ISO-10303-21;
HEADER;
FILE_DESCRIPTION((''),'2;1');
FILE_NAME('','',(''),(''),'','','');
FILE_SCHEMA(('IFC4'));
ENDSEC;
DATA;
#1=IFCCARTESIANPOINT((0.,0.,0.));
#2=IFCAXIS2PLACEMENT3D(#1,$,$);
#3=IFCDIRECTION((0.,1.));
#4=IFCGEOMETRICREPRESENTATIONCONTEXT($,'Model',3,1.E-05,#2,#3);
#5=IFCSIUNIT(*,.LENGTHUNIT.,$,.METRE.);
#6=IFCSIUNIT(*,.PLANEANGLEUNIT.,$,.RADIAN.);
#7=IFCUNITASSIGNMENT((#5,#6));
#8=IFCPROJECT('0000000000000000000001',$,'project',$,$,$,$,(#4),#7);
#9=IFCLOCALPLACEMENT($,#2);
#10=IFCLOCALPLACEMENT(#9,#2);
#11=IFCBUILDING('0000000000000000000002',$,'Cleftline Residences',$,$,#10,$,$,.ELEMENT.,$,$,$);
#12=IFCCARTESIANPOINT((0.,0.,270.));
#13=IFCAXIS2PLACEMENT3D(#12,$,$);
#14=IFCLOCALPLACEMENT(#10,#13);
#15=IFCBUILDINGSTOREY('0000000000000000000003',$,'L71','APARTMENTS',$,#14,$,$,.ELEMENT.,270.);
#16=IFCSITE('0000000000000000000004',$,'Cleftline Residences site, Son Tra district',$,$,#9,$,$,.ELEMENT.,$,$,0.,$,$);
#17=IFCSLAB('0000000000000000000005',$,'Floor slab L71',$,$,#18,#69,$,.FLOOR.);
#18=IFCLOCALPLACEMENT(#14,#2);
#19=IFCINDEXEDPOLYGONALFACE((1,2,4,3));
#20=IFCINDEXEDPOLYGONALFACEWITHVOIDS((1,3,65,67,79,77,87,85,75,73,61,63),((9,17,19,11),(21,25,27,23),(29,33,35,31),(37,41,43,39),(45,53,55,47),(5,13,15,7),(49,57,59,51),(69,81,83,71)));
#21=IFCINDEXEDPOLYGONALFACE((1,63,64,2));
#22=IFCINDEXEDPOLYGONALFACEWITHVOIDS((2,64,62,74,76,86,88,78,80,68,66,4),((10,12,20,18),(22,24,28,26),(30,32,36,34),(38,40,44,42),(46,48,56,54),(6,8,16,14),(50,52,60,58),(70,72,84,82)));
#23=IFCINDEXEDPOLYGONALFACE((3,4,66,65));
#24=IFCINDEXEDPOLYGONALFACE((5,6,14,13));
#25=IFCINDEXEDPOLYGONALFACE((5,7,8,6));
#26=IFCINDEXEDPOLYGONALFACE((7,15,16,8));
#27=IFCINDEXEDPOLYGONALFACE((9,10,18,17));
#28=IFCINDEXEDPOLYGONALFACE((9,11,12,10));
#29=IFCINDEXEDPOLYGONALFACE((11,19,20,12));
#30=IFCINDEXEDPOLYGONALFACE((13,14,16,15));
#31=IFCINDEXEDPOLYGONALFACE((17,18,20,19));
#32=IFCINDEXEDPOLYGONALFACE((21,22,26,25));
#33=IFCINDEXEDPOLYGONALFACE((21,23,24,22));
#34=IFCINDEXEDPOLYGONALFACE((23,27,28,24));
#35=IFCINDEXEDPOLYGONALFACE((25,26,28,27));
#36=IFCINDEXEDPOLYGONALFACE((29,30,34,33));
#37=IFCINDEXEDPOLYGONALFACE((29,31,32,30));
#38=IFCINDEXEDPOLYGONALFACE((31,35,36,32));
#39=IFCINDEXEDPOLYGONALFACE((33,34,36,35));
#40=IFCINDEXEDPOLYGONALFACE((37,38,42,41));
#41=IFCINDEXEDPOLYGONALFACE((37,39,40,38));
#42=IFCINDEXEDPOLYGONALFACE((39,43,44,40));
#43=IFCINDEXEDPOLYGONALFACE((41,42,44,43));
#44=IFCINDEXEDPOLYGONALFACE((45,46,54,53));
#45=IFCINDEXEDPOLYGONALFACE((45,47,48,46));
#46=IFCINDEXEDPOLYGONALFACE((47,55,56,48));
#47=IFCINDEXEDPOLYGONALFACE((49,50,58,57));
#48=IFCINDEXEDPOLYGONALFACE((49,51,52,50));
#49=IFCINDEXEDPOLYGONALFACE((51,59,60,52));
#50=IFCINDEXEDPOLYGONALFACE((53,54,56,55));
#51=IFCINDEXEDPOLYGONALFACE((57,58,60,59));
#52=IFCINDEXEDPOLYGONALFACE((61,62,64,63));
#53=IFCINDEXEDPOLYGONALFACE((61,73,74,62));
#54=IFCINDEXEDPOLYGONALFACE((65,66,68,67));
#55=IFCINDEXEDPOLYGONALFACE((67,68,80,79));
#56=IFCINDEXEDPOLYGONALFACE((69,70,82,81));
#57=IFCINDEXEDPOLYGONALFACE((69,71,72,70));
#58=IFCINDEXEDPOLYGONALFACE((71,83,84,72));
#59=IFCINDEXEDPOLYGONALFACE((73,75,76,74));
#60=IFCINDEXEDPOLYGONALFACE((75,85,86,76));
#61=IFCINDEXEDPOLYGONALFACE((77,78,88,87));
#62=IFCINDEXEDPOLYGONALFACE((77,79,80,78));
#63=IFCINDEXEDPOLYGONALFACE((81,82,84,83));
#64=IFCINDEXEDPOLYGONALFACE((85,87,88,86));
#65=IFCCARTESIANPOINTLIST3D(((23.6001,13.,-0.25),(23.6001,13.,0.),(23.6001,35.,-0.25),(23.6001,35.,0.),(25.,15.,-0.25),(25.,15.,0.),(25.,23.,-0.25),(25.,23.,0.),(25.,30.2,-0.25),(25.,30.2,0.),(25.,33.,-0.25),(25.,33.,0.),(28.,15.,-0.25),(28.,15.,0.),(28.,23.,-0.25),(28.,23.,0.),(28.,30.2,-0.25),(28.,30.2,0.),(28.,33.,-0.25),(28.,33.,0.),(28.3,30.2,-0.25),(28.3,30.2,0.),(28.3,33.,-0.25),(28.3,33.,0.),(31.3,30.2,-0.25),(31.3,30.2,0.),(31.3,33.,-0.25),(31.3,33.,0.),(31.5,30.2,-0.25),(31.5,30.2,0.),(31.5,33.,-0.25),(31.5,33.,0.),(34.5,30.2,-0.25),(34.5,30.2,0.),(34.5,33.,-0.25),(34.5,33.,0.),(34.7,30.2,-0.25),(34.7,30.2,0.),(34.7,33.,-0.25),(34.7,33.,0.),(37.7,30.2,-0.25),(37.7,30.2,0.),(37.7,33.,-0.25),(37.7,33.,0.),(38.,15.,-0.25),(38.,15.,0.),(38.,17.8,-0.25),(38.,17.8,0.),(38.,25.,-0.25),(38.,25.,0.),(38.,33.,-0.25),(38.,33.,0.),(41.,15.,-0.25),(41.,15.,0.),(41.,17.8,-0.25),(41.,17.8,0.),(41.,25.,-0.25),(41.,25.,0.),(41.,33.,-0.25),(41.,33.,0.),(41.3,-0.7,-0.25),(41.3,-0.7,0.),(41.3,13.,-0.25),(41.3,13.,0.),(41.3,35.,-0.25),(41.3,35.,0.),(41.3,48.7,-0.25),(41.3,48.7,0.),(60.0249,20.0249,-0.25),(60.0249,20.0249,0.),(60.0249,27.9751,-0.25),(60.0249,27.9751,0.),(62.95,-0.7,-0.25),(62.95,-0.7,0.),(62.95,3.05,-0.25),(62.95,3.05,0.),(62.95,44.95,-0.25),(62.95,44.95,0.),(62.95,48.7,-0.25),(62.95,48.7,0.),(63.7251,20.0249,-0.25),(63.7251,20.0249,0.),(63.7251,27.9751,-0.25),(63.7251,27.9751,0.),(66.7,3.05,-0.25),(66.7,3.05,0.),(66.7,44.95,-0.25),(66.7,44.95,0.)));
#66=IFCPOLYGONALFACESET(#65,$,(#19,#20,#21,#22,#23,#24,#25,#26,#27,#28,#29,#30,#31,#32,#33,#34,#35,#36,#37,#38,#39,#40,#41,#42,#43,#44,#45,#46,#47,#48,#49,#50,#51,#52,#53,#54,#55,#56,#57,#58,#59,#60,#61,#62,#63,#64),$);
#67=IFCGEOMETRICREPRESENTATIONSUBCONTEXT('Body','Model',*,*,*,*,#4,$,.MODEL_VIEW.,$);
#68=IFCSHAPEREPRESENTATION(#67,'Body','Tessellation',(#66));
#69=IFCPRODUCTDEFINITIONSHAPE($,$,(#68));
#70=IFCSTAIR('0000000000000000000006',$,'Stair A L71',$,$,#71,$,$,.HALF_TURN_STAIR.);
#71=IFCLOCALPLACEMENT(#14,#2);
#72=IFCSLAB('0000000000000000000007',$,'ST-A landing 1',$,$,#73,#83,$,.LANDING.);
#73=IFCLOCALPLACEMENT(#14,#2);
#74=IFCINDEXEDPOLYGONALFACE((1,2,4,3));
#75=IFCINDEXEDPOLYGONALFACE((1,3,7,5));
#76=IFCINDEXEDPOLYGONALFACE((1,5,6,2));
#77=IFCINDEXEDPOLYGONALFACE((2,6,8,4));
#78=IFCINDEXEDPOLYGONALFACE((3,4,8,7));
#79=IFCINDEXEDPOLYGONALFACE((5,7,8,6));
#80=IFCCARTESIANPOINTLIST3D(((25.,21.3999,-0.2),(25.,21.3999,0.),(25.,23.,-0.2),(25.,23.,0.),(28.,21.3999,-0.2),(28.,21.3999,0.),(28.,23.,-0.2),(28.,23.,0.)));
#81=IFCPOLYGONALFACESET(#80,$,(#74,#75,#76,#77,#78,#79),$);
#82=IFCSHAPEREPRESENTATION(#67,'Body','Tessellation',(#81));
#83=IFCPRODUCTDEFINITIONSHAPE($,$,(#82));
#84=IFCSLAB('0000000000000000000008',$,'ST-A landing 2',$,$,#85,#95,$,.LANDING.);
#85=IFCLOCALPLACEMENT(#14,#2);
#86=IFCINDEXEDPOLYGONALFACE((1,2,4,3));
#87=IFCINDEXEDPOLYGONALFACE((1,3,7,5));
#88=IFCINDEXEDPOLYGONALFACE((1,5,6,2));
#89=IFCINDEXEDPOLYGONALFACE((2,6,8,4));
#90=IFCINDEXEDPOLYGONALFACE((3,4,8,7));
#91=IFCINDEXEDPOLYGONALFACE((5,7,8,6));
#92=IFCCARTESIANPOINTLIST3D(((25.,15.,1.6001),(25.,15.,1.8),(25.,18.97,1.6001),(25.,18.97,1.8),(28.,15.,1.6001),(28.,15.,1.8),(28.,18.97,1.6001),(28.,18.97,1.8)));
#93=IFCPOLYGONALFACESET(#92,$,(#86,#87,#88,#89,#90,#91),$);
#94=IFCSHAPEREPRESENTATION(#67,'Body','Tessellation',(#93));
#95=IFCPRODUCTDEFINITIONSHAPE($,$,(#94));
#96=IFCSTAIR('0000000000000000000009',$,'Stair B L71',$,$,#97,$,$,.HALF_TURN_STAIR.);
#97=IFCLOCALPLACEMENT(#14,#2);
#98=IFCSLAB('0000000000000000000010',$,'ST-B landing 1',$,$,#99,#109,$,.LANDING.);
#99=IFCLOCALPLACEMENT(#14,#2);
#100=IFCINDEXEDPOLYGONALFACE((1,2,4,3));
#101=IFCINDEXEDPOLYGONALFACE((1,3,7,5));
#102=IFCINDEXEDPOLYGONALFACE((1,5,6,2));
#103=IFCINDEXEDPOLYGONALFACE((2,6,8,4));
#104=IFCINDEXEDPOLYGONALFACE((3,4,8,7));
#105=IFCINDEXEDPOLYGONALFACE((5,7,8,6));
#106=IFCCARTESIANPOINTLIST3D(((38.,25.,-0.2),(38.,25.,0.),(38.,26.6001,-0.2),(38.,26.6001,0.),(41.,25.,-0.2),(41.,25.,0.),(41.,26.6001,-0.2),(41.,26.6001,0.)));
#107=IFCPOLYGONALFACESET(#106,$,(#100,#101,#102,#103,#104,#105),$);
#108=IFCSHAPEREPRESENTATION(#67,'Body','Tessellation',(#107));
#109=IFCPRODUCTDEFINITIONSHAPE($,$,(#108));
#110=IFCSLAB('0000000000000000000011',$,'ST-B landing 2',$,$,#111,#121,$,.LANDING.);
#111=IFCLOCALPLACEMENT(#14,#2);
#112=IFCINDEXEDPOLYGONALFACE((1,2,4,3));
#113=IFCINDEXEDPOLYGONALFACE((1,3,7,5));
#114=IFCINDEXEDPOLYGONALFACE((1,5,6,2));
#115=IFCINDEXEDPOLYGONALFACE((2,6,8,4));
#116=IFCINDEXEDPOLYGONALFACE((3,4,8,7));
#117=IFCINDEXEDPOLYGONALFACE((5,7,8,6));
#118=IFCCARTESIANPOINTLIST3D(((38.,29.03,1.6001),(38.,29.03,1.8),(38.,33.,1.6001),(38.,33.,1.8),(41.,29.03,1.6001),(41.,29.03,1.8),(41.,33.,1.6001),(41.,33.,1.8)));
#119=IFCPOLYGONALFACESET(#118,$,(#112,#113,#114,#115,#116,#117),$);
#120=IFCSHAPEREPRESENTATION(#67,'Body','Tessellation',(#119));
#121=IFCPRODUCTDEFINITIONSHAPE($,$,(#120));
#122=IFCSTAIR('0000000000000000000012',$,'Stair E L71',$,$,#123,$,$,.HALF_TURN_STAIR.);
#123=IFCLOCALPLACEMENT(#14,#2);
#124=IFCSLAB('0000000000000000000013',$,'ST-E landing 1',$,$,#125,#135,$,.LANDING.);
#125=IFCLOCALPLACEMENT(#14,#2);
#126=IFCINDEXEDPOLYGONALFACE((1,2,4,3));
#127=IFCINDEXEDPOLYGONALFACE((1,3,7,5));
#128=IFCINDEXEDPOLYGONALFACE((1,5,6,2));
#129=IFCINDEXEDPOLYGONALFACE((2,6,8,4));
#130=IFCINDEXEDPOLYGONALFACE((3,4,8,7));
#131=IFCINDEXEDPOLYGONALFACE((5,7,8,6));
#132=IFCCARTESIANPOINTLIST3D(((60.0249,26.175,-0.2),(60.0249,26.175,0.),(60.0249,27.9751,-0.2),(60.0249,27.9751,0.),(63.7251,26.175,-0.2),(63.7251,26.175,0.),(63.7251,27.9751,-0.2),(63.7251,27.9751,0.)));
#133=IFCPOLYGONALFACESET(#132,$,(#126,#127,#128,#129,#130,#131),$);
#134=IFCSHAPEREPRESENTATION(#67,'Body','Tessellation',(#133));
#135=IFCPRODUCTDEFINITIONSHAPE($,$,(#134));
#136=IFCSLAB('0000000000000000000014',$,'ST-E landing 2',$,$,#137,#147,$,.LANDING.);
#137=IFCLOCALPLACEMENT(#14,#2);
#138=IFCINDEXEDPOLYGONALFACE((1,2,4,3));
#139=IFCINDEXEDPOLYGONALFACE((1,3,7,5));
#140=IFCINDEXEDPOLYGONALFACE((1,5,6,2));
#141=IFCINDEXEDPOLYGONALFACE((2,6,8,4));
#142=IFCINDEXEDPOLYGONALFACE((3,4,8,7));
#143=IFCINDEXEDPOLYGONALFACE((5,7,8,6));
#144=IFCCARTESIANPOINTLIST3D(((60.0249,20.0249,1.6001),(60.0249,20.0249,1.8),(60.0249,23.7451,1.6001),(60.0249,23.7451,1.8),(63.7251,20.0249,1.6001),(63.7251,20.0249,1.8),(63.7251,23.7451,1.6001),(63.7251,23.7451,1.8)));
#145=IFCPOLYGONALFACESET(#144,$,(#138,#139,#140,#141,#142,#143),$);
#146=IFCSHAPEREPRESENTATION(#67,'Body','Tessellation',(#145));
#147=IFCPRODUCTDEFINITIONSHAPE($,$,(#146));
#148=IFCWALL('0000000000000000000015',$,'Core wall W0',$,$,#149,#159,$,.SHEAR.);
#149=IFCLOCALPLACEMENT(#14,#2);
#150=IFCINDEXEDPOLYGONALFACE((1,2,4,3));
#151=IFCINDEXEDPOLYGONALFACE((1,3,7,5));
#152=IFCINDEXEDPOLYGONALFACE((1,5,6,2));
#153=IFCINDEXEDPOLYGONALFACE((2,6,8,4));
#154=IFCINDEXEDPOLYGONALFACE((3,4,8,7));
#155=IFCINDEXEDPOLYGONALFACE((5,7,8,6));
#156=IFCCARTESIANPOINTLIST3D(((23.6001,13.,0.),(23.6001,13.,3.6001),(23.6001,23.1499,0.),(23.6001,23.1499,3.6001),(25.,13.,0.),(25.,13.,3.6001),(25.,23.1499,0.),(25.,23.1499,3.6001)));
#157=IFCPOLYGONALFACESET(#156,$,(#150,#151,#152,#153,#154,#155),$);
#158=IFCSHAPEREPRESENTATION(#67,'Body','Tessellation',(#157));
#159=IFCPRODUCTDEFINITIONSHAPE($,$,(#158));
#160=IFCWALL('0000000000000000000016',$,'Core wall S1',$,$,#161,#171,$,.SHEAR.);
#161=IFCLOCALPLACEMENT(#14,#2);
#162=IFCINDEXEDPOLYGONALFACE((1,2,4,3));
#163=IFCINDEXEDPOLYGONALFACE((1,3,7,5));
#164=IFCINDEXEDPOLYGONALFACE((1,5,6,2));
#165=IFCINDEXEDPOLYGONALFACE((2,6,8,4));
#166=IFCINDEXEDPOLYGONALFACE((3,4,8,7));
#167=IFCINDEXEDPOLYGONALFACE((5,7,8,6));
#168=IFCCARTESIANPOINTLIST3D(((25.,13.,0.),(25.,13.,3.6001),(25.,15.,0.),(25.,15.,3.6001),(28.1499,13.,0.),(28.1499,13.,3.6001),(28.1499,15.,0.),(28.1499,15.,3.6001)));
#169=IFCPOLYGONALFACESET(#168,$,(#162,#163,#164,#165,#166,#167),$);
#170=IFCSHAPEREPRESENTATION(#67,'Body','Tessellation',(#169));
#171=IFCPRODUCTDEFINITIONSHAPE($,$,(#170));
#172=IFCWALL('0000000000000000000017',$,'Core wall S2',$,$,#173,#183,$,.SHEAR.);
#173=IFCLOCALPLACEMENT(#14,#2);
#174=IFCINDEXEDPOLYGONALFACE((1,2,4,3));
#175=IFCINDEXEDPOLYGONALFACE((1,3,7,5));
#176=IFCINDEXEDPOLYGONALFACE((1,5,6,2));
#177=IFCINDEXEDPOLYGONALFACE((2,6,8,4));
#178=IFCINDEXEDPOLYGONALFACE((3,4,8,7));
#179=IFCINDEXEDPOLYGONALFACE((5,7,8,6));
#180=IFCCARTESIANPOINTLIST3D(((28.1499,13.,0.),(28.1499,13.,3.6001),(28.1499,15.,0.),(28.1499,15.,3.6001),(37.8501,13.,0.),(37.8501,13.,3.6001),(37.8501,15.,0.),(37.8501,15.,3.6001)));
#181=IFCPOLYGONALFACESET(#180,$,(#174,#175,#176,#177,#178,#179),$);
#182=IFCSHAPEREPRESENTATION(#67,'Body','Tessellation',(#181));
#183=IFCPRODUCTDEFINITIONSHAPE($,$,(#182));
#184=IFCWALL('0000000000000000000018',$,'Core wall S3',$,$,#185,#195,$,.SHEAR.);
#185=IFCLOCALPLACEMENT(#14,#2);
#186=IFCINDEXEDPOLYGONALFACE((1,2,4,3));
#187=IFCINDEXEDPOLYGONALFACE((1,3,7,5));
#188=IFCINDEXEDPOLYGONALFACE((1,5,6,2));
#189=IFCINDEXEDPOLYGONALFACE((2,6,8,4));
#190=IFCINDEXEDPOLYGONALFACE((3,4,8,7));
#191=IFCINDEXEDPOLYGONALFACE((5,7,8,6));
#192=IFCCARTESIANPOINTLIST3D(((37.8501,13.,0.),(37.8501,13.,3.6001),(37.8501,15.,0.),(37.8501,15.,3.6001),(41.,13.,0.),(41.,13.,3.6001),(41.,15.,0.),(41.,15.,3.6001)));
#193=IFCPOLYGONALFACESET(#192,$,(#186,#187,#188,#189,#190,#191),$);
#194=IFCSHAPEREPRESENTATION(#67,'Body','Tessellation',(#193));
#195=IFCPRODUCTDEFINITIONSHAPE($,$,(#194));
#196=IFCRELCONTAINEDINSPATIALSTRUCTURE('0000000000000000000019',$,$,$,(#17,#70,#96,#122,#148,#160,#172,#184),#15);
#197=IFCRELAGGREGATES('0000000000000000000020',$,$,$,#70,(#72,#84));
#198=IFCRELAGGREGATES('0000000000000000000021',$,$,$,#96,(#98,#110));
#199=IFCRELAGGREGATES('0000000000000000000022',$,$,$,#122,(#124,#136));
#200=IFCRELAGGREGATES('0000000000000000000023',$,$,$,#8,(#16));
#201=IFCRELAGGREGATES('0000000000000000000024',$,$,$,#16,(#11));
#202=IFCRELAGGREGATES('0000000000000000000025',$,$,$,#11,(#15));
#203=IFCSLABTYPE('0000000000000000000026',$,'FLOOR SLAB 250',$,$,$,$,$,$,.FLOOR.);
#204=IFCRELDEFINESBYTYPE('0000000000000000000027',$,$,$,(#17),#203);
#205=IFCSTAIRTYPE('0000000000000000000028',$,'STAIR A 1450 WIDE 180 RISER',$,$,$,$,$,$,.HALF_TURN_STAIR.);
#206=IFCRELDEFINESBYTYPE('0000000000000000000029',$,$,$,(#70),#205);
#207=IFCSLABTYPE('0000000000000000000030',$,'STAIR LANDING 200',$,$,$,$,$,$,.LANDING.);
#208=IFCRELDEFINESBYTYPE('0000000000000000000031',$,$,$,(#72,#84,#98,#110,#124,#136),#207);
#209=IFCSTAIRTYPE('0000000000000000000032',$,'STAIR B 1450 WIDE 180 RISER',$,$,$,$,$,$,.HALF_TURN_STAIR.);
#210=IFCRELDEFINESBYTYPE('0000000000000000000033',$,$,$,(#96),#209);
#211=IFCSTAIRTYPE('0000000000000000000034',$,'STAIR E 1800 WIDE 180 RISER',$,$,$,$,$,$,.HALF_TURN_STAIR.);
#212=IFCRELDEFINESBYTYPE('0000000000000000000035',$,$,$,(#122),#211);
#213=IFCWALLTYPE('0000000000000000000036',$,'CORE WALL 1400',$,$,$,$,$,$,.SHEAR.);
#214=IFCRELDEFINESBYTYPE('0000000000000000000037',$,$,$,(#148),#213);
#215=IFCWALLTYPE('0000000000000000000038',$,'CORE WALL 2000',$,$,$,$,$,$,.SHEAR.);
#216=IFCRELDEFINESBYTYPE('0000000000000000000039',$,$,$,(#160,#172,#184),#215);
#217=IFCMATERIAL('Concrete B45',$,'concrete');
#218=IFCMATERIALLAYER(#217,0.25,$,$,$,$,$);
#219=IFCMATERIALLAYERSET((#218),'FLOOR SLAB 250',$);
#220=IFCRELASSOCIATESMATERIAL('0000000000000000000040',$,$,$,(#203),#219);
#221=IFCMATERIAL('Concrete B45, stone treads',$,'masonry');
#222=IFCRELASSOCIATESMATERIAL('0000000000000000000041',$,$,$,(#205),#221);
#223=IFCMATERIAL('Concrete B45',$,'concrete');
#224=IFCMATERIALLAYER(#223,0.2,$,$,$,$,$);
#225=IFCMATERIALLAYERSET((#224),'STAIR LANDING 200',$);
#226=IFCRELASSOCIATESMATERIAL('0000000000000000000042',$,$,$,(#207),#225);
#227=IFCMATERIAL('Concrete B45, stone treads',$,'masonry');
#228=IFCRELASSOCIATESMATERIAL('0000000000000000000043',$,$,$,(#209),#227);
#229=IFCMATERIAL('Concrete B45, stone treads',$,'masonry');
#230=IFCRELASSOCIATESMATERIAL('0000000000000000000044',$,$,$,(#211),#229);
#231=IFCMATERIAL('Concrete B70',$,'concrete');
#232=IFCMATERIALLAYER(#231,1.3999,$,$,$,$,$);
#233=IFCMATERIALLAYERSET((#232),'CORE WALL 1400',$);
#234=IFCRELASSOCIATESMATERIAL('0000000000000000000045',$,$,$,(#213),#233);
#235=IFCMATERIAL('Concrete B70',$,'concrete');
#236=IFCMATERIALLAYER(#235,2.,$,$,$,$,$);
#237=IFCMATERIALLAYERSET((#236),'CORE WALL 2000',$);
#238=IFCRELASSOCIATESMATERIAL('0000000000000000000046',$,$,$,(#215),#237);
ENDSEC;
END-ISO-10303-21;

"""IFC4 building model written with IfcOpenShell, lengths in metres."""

from ifc_helpers import new_model, si_unit, direction, frame, frame_2d, origin, place, context, subcontext, project, spatial, polyline, rectangle, outline, extrude, material, layer, layer_set, type_object, element, aggregate, save


model = new_model("IFC4")

# Units and contexts
model_context = context("Model", 3, precision=1e-05, world=origin(), true_north=direction((0.0, 1.0)))
body_context = subcontext(model_context, "Body", "Model", "MODEL_VIEW")
ifc_project = project(units=[si_unit("LENGTHUNIT", "METRE"), si_unit("PLANEANGLEUNIT", "RADIAN")], contexts=[model_context])

# Site, building, storey
site_placement = place(None, origin())
site = spatial("IfcSite", under=ifc_project, at=site_placement, Name="Cleftline Residences site, Son Tra district", CompositionType="ELEMENT", RefElevation=0.0)
building_placement = place(site_placement, origin())
building = spatial("IfcBuilding", under=site, at=building_placement, Name="Cleftline Residences", CompositionType="ELEMENT")
storey_placement = place(building_placement, frame((0.0, 0.0, 270.0)))
storey = spatial("IfcBuildingStorey", under=building, at=storey_placement, Name="L71", Description="APARTMENTS", CompositionType="ELEMENT", Elevation=270.0)

# Slab
ifc_material_1 = material(Name="Concrete B45", Category="concrete")
ifc_layer_1 = layer(ifc_material_1, 0.25)
ifc_layer_set_1 = layer_set([ifc_layer_1], Name="FLOOR SLAB 250")
slab_type_1 = type_object("IfcSlabType", Name="FLOOR SLAB 250", PredefinedType="FLOOR", material=ifc_layer_set_1)
slab_1_placement = place(storey_placement, frame((0.0, 0.0, -0.25)))
element("IfcSlab", 1, at=slab_1_placement, inside=storey, type_object=slab_type_1, Name="Floor slab L71", PredefinedType="FLOOR", context=body_context, shape_type="SweptSolid", body=[
    extrude(outline(polyline([(41.3, 13.0), (41.3, -0.7), (62.95, -0.7), (62.95, 3.05), (66.7, 3.05), (66.7, 44.95), (62.95, 44.95), (62.95, 48.7), (41.3, 48.7), (41.3, 35.0), (23.6001, 35.0), (23.6001, 13.0), (41.3, 13.0)]), holes=[polyline([(28.0, 15.0), (28.0, 23.0), (25.0, 23.0), (25.0, 15.0), (28.0, 15.0)]), polyline([(41.0, 25.0), (41.0, 33.0), (38.0, 33.0), (38.0, 25.0), (41.0, 25.0)]), polyline([(28.0, 30.2), (28.0, 33.0), (25.0, 33.0), (25.0, 30.2), (28.0, 30.2)]), polyline([(41.0, 15.0), (41.0, 17.8), (38.0, 17.8), (38.0, 15.0), (41.0, 15.0)]), polyline([(31.3, 30.2), (31.3, 33.0), (28.3, 33.0), (28.3, 30.2), (31.3, 30.2)]), polyline([(34.5, 30.2), (34.5, 33.0), (31.5, 33.0), (31.5, 30.2), (34.5, 30.2)]), polyline([(37.7, 30.2), (37.7, 33.0), (34.7, 33.0), (34.7, 30.2), (37.7, 30.2)]), polyline([(63.7251, 20.0249), (63.7251, 27.9751), (60.0249, 27.9751), (60.0249, 20.0249), (63.7251, 20.0249)])]), origin(), (0.0, 0.0, 1.0), 0.25),
])

# Stairs, slabs
ifc_material_2 = material(Name="Concrete B45, stone treads", Category="masonry")
stair_type_1 = type_object("IfcStairType", Name="STAIR A 1450 WIDE 180 RISER", PredefinedType="HALF_TURN_STAIR", material=ifc_material_2)
stair_1_placement = place(storey_placement, origin())
stair_1 = element("IfcStair", 2, at=stair_1_placement, inside=storey, type_object=stair_type_1, Name="Stair A L71", PredefinedType="HALF_TURN_STAIR")
ifc_material_3 = material(Name="Concrete B45", Category="concrete")
ifc_layer_2 = layer(ifc_material_3, 0.2)
ifc_layer_set_2 = layer_set([ifc_layer_2], Name="STAIR LANDING 200")
slab_type_2 = type_object("IfcSlabType", Name="STAIR LANDING 200", PredefinedType="LANDING", material=ifc_layer_set_2)
slab_2_placement = place(storey_placement, frame((0.0, 0.0, -0.2)))
slab_2 = element("IfcSlab", 3, at=slab_2_placement, type_object=slab_type_2, Name="ST-A landing 1", PredefinedType="LANDING", context=body_context, shape_type="SweptSolid", body=[
    extrude(outline(polyline([(25.0, 21.3999), (28.0, 21.3999), (28.0, 23.0), (25.0, 23.0), (25.0, 21.3999)])), origin(), (0.0, 0.0, 1.0), 0.2),
])
slab_3_placement = place(storey_placement, frame((0.0, 0.0, 1.6001)))
slab_3 = element("IfcSlab", 4, at=slab_3_placement, type_object=slab_type_2, Name="ST-A landing 2", PredefinedType="LANDING", context=body_context, shape_type="SweptSolid", body=[
    extrude(outline(polyline([(25.0, 15.0), (28.0, 15.0), (28.0, 18.97), (25.0, 18.97), (25.0, 15.0)])), origin(), (0.0, 0.0, 1.0), 0.2),
])
aggregate(stair_1, [slab_2, slab_3])
ifc_material_4 = material(Name="Concrete B45, stone treads", Category="masonry")
stair_type_2 = type_object("IfcStairType", Name="STAIR B 1450 WIDE 180 RISER", PredefinedType="HALF_TURN_STAIR", material=ifc_material_4)
stair_2_placement = place(storey_placement, origin())
stair_2 = element("IfcStair", 5, at=stair_2_placement, inside=storey, type_object=stair_type_2, Name="Stair B L71", PredefinedType="HALF_TURN_STAIR")
slab_4_placement = place(storey_placement, frame((0.0, 0.0, -0.2)))
slab_4 = element("IfcSlab", 6, at=slab_4_placement, type_object=slab_type_2, Name="ST-B landing 1", PredefinedType="LANDING", context=body_context, shape_type="SweptSolid", body=[
    extrude(outline(polyline([(38.0, 25.0), (41.0, 25.0), (41.0, 26.6001), (38.0, 26.6001), (38.0, 25.0)])), origin(), (0.0, 0.0, 1.0), 0.2),
])
slab_5_placement = place(storey_placement, frame((0.0, 0.0, 1.6001)))
slab_5 = element("IfcSlab", 7, at=slab_5_placement, type_object=slab_type_2, Name="ST-B landing 2", PredefinedType="LANDING", context=body_context, shape_type="SweptSolid", body=[
    extrude(outline(polyline([(38.0, 29.03), (41.0, 29.03), (41.0, 33.0), (38.0, 33.0), (38.0, 29.03)])), origin(), (0.0, 0.0, 1.0), 0.2),
])
aggregate(stair_2, [slab_4, slab_5])
ifc_material_5 = material(Name="Concrete B45, stone treads", Category="masonry")
stair_type_3 = type_object("IfcStairType", Name="STAIR E 1800 WIDE 180 RISER", PredefinedType="HALF_TURN_STAIR", material=ifc_material_5)
stair_3_placement = place(storey_placement, origin())
stair_3 = element("IfcStair", 8, at=stair_3_placement, inside=storey, type_object=stair_type_3, Name="Stair E L71", PredefinedType="HALF_TURN_STAIR")
slab_6_placement = place(storey_placement, frame((0.0, 0.0, -0.2)))
slab_6 = element("IfcSlab", 9, at=slab_6_placement, type_object=slab_type_2, Name="ST-E landing 1", PredefinedType="LANDING", context=body_context, shape_type="SweptSolid", body=[
    extrude(outline(polyline([(60.0249, 26.175), (63.7251, 26.175), (63.7251, 27.9751), (60.0249, 27.9751), (60.0249, 26.175)])), origin(), (0.0, 0.0, 1.0), 0.2),
])
slab_7_placement = place(storey_placement, frame((0.0, 0.0, 1.6001)))
slab_7 = element("IfcSlab", 10, at=slab_7_placement, type_object=slab_type_2, Name="ST-E landing 2", PredefinedType="LANDING", context=body_context, shape_type="SweptSolid", body=[
    extrude(outline(polyline([(60.0249, 20.0249), (63.7251, 20.0249), (63.7251, 23.7451), (60.0249, 23.7451), (60.0249, 20.0249)])), origin(), (0.0, 0.0, 1.0), 0.2),
])
aggregate(stair_3, [slab_6, slab_7])

# Walls
ifc_material_6 = material(Name="Concrete B70", Category="concrete")
ifc_layer_3 = layer(ifc_material_6, 1.3999)
ifc_layer_set_3 = layer_set([ifc_layer_3], Name="CORE WALL 1400")
wall_type_1 = type_object("IfcWallType", Name="CORE WALL 1400", PredefinedType="SHEAR", material=ifc_layer_set_3)
wall_1_placement = place(storey_placement, frame((24.3, 13.0, 0.0), z_axis=(0.0, 0.0, 1.0), x_axis=(0.0, 1.0, 0.0)))
element("IfcWall", 11, at=wall_1_placement, inside=storey, type_object=wall_type_1, Name="Core wall W0", PredefinedType="SHEAR", context=body_context, shape_type="SweptSolid", body=[
    extrude(rectangle(XDim=10.1499, YDim=1.3999, at=frame_2d((5.075, 0.0))), origin(), (0.0, 0.0, 1.0), 3.6001),
])
ifc_material_7 = material(Name="Concrete B70", Category="concrete")
ifc_layer_4 = layer(ifc_material_7, 2.0)
ifc_layer_set_4 = layer_set([ifc_layer_4], Name="CORE WALL 2000")
wall_type_2 = type_object("IfcWallType", Name="CORE WALL 2000", PredefinedType="SHEAR", material=ifc_layer_set_4)
wall_2_placement = place(storey_placement, frame((25.0, 14.0, 0.0), z_axis=(0.0, 0.0, 1.0), x_axis=(1.0, 0.0, 0.0)))
element("IfcWall", 12, at=wall_2_placement, inside=storey, type_object=wall_type_2, Name="Core wall S1", PredefinedType="SHEAR", context=body_context, shape_type="SweptSolid", body=[
    extrude(rectangle(XDim=3.1499, YDim=2.0, at=frame_2d((1.575, 0.0))), origin(), (0.0, 0.0, 1.0), 3.6001),
])
wall_3_placement = place(storey_placement, frame((28.1499, 14.0, 0.0), z_axis=(0.0, 0.0, 1.0), x_axis=(1.0, 0.0, 0.0)))
element("IfcWall", 13, at=wall_3_placement, inside=storey, type_object=wall_type_2, Name="Core wall S2", PredefinedType="SHEAR", context=body_context, shape_type="SweptSolid", body=[
    extrude(rectangle(XDim=9.7002, YDim=2.0, at=frame_2d((4.8501, 0.0))), origin(), (0.0, 0.0, 1.0), 3.6001),
])
wall_4_placement = place(storey_placement, frame((37.8501, 14.0, 0.0), z_axis=(0.0, 0.0, 1.0), x_axis=(1.0, 0.0, 0.0)))
element("IfcWall", 14, at=wall_4_placement, inside=storey, type_object=wall_type_2, Name="Core wall S3", PredefinedType="SHEAR", context=body_context, shape_type="SweptSolid", body=[
    extrude(rectangle(XDim=3.1499, YDim=2.0, at=frame_2d((1.575, 0.0))), origin(), (0.0, 0.0, 1.0), 3.6001),
])

save(model, "model.ifc")
